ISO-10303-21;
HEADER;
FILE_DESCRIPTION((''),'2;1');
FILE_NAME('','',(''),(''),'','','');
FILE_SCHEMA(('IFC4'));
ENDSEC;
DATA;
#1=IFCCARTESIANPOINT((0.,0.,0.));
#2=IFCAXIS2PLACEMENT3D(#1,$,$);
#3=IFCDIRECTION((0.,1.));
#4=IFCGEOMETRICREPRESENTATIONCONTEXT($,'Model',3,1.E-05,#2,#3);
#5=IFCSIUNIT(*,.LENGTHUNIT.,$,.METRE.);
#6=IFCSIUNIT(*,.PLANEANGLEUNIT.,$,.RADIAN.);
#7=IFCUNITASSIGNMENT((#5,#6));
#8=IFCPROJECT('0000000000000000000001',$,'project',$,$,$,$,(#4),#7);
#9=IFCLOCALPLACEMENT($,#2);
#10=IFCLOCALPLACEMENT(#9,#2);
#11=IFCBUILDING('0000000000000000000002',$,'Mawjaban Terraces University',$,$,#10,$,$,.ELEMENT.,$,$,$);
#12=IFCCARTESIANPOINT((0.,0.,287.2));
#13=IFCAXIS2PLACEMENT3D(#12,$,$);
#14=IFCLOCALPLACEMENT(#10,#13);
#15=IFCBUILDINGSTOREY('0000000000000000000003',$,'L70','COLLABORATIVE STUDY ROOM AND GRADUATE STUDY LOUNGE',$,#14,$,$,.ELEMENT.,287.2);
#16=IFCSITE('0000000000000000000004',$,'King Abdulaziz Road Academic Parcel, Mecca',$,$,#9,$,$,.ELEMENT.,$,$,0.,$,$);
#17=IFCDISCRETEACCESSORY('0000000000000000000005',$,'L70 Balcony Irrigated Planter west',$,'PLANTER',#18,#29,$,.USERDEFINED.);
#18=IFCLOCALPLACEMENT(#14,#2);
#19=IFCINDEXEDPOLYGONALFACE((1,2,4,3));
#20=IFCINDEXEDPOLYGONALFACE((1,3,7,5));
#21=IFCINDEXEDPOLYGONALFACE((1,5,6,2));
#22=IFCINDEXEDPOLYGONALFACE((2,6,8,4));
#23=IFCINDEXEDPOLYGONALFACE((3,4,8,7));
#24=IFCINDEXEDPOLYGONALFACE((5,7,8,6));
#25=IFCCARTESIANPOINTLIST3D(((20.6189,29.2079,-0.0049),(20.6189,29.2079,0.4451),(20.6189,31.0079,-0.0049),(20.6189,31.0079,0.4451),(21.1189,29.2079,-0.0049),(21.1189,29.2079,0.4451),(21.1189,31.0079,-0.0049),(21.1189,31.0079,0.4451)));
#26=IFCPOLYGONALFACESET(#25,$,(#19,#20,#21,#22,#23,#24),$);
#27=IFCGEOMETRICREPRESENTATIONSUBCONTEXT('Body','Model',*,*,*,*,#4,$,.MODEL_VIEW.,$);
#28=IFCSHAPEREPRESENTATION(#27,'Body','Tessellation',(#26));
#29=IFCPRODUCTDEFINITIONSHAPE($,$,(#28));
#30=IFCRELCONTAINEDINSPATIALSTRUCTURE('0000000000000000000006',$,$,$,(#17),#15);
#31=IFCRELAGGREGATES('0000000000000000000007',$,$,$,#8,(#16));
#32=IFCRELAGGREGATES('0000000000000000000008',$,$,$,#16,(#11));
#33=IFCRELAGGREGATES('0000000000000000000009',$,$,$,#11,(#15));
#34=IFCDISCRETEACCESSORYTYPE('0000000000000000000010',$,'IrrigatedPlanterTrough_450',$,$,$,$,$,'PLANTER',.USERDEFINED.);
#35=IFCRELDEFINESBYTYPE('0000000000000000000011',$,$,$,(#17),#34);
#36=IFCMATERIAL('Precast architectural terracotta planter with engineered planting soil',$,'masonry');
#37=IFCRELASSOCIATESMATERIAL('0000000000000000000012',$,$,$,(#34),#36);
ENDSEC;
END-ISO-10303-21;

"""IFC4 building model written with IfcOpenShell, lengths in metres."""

from ifc_helpers import new_model, si_unit, direction, frame, origin, origin_2d, place, context, subcontext, project, spatial, rectangle, extrude, material, type_object, element, save


model = new_model("IFC4")

# Units and contexts
model_context = context("Model", 3, precision=1e-05, world=origin(), true_north=direction((0.0, 1.0)))
body_context = subcontext(model_context, "Body", "Model", "MODEL_VIEW")
ifc_project = project(units=[si_unit("LENGTHUNIT", "METRE"), si_unit("PLANEANGLEUNIT", "RADIAN")], contexts=[model_context])

# Site, building, storey
site_placement = place(None, origin())
site = spatial("IfcSite", under=ifc_project, at=site_placement, Name="King Abdulaziz Road Academic Parcel, Mecca", CompositionType="ELEMENT", RefElevation=0.0)
building_placement = place(site_placement, origin())
building = spatial("IfcBuilding", under=site, at=building_placement, Name="Mawjaban Terraces University", CompositionType="ELEMENT")
storey_placement = place(building_placement, frame((0.0, 0.0, 287.2)))
storey = spatial("IfcBuildingStorey", under=building, at=storey_placement, Name="L70", Description="COLLABORATIVE STUDY ROOM AND GRADUATE STUDY LOUNGE", CompositionType="ELEMENT", Elevation=287.2)

# Discrete accessory
ifc_material_1 = material(Name="Precast architectural terracotta planter with engineered planting soil", Category="masonry")
discrete_accessory_type_1 = type_object("IfcDiscreteAccessoryType", Name="IrrigatedPlanterTrough_450", ElementType="PLANTER", PredefinedType="USERDEFINED", material=ifc_material_1)
discrete_accessory_1_placement = place(storey_placement, frame((20.8689, 30.1079, -0.0049), z_axis=(0.0, 0.0, 1.0), x_axis=(0.0, 1.0, 0.0)))
element("IfcDiscreteAccessory", 1, at=discrete_accessory_1_placement, inside=storey, type_object=discrete_accessory_type_1, Name="L70 Balcony Irrigated Planter west", ObjectType="PLANTER", PredefinedType="USERDEFINED", context=body_context, shape_type="SweptSolid", body=[
    extrude(rectangle(XDim=1.8, YDim=0.5, at=origin_2d()), origin(), (0.0, 0.0, 1.0), 0.45),
])

save(model, "model.ifc")
